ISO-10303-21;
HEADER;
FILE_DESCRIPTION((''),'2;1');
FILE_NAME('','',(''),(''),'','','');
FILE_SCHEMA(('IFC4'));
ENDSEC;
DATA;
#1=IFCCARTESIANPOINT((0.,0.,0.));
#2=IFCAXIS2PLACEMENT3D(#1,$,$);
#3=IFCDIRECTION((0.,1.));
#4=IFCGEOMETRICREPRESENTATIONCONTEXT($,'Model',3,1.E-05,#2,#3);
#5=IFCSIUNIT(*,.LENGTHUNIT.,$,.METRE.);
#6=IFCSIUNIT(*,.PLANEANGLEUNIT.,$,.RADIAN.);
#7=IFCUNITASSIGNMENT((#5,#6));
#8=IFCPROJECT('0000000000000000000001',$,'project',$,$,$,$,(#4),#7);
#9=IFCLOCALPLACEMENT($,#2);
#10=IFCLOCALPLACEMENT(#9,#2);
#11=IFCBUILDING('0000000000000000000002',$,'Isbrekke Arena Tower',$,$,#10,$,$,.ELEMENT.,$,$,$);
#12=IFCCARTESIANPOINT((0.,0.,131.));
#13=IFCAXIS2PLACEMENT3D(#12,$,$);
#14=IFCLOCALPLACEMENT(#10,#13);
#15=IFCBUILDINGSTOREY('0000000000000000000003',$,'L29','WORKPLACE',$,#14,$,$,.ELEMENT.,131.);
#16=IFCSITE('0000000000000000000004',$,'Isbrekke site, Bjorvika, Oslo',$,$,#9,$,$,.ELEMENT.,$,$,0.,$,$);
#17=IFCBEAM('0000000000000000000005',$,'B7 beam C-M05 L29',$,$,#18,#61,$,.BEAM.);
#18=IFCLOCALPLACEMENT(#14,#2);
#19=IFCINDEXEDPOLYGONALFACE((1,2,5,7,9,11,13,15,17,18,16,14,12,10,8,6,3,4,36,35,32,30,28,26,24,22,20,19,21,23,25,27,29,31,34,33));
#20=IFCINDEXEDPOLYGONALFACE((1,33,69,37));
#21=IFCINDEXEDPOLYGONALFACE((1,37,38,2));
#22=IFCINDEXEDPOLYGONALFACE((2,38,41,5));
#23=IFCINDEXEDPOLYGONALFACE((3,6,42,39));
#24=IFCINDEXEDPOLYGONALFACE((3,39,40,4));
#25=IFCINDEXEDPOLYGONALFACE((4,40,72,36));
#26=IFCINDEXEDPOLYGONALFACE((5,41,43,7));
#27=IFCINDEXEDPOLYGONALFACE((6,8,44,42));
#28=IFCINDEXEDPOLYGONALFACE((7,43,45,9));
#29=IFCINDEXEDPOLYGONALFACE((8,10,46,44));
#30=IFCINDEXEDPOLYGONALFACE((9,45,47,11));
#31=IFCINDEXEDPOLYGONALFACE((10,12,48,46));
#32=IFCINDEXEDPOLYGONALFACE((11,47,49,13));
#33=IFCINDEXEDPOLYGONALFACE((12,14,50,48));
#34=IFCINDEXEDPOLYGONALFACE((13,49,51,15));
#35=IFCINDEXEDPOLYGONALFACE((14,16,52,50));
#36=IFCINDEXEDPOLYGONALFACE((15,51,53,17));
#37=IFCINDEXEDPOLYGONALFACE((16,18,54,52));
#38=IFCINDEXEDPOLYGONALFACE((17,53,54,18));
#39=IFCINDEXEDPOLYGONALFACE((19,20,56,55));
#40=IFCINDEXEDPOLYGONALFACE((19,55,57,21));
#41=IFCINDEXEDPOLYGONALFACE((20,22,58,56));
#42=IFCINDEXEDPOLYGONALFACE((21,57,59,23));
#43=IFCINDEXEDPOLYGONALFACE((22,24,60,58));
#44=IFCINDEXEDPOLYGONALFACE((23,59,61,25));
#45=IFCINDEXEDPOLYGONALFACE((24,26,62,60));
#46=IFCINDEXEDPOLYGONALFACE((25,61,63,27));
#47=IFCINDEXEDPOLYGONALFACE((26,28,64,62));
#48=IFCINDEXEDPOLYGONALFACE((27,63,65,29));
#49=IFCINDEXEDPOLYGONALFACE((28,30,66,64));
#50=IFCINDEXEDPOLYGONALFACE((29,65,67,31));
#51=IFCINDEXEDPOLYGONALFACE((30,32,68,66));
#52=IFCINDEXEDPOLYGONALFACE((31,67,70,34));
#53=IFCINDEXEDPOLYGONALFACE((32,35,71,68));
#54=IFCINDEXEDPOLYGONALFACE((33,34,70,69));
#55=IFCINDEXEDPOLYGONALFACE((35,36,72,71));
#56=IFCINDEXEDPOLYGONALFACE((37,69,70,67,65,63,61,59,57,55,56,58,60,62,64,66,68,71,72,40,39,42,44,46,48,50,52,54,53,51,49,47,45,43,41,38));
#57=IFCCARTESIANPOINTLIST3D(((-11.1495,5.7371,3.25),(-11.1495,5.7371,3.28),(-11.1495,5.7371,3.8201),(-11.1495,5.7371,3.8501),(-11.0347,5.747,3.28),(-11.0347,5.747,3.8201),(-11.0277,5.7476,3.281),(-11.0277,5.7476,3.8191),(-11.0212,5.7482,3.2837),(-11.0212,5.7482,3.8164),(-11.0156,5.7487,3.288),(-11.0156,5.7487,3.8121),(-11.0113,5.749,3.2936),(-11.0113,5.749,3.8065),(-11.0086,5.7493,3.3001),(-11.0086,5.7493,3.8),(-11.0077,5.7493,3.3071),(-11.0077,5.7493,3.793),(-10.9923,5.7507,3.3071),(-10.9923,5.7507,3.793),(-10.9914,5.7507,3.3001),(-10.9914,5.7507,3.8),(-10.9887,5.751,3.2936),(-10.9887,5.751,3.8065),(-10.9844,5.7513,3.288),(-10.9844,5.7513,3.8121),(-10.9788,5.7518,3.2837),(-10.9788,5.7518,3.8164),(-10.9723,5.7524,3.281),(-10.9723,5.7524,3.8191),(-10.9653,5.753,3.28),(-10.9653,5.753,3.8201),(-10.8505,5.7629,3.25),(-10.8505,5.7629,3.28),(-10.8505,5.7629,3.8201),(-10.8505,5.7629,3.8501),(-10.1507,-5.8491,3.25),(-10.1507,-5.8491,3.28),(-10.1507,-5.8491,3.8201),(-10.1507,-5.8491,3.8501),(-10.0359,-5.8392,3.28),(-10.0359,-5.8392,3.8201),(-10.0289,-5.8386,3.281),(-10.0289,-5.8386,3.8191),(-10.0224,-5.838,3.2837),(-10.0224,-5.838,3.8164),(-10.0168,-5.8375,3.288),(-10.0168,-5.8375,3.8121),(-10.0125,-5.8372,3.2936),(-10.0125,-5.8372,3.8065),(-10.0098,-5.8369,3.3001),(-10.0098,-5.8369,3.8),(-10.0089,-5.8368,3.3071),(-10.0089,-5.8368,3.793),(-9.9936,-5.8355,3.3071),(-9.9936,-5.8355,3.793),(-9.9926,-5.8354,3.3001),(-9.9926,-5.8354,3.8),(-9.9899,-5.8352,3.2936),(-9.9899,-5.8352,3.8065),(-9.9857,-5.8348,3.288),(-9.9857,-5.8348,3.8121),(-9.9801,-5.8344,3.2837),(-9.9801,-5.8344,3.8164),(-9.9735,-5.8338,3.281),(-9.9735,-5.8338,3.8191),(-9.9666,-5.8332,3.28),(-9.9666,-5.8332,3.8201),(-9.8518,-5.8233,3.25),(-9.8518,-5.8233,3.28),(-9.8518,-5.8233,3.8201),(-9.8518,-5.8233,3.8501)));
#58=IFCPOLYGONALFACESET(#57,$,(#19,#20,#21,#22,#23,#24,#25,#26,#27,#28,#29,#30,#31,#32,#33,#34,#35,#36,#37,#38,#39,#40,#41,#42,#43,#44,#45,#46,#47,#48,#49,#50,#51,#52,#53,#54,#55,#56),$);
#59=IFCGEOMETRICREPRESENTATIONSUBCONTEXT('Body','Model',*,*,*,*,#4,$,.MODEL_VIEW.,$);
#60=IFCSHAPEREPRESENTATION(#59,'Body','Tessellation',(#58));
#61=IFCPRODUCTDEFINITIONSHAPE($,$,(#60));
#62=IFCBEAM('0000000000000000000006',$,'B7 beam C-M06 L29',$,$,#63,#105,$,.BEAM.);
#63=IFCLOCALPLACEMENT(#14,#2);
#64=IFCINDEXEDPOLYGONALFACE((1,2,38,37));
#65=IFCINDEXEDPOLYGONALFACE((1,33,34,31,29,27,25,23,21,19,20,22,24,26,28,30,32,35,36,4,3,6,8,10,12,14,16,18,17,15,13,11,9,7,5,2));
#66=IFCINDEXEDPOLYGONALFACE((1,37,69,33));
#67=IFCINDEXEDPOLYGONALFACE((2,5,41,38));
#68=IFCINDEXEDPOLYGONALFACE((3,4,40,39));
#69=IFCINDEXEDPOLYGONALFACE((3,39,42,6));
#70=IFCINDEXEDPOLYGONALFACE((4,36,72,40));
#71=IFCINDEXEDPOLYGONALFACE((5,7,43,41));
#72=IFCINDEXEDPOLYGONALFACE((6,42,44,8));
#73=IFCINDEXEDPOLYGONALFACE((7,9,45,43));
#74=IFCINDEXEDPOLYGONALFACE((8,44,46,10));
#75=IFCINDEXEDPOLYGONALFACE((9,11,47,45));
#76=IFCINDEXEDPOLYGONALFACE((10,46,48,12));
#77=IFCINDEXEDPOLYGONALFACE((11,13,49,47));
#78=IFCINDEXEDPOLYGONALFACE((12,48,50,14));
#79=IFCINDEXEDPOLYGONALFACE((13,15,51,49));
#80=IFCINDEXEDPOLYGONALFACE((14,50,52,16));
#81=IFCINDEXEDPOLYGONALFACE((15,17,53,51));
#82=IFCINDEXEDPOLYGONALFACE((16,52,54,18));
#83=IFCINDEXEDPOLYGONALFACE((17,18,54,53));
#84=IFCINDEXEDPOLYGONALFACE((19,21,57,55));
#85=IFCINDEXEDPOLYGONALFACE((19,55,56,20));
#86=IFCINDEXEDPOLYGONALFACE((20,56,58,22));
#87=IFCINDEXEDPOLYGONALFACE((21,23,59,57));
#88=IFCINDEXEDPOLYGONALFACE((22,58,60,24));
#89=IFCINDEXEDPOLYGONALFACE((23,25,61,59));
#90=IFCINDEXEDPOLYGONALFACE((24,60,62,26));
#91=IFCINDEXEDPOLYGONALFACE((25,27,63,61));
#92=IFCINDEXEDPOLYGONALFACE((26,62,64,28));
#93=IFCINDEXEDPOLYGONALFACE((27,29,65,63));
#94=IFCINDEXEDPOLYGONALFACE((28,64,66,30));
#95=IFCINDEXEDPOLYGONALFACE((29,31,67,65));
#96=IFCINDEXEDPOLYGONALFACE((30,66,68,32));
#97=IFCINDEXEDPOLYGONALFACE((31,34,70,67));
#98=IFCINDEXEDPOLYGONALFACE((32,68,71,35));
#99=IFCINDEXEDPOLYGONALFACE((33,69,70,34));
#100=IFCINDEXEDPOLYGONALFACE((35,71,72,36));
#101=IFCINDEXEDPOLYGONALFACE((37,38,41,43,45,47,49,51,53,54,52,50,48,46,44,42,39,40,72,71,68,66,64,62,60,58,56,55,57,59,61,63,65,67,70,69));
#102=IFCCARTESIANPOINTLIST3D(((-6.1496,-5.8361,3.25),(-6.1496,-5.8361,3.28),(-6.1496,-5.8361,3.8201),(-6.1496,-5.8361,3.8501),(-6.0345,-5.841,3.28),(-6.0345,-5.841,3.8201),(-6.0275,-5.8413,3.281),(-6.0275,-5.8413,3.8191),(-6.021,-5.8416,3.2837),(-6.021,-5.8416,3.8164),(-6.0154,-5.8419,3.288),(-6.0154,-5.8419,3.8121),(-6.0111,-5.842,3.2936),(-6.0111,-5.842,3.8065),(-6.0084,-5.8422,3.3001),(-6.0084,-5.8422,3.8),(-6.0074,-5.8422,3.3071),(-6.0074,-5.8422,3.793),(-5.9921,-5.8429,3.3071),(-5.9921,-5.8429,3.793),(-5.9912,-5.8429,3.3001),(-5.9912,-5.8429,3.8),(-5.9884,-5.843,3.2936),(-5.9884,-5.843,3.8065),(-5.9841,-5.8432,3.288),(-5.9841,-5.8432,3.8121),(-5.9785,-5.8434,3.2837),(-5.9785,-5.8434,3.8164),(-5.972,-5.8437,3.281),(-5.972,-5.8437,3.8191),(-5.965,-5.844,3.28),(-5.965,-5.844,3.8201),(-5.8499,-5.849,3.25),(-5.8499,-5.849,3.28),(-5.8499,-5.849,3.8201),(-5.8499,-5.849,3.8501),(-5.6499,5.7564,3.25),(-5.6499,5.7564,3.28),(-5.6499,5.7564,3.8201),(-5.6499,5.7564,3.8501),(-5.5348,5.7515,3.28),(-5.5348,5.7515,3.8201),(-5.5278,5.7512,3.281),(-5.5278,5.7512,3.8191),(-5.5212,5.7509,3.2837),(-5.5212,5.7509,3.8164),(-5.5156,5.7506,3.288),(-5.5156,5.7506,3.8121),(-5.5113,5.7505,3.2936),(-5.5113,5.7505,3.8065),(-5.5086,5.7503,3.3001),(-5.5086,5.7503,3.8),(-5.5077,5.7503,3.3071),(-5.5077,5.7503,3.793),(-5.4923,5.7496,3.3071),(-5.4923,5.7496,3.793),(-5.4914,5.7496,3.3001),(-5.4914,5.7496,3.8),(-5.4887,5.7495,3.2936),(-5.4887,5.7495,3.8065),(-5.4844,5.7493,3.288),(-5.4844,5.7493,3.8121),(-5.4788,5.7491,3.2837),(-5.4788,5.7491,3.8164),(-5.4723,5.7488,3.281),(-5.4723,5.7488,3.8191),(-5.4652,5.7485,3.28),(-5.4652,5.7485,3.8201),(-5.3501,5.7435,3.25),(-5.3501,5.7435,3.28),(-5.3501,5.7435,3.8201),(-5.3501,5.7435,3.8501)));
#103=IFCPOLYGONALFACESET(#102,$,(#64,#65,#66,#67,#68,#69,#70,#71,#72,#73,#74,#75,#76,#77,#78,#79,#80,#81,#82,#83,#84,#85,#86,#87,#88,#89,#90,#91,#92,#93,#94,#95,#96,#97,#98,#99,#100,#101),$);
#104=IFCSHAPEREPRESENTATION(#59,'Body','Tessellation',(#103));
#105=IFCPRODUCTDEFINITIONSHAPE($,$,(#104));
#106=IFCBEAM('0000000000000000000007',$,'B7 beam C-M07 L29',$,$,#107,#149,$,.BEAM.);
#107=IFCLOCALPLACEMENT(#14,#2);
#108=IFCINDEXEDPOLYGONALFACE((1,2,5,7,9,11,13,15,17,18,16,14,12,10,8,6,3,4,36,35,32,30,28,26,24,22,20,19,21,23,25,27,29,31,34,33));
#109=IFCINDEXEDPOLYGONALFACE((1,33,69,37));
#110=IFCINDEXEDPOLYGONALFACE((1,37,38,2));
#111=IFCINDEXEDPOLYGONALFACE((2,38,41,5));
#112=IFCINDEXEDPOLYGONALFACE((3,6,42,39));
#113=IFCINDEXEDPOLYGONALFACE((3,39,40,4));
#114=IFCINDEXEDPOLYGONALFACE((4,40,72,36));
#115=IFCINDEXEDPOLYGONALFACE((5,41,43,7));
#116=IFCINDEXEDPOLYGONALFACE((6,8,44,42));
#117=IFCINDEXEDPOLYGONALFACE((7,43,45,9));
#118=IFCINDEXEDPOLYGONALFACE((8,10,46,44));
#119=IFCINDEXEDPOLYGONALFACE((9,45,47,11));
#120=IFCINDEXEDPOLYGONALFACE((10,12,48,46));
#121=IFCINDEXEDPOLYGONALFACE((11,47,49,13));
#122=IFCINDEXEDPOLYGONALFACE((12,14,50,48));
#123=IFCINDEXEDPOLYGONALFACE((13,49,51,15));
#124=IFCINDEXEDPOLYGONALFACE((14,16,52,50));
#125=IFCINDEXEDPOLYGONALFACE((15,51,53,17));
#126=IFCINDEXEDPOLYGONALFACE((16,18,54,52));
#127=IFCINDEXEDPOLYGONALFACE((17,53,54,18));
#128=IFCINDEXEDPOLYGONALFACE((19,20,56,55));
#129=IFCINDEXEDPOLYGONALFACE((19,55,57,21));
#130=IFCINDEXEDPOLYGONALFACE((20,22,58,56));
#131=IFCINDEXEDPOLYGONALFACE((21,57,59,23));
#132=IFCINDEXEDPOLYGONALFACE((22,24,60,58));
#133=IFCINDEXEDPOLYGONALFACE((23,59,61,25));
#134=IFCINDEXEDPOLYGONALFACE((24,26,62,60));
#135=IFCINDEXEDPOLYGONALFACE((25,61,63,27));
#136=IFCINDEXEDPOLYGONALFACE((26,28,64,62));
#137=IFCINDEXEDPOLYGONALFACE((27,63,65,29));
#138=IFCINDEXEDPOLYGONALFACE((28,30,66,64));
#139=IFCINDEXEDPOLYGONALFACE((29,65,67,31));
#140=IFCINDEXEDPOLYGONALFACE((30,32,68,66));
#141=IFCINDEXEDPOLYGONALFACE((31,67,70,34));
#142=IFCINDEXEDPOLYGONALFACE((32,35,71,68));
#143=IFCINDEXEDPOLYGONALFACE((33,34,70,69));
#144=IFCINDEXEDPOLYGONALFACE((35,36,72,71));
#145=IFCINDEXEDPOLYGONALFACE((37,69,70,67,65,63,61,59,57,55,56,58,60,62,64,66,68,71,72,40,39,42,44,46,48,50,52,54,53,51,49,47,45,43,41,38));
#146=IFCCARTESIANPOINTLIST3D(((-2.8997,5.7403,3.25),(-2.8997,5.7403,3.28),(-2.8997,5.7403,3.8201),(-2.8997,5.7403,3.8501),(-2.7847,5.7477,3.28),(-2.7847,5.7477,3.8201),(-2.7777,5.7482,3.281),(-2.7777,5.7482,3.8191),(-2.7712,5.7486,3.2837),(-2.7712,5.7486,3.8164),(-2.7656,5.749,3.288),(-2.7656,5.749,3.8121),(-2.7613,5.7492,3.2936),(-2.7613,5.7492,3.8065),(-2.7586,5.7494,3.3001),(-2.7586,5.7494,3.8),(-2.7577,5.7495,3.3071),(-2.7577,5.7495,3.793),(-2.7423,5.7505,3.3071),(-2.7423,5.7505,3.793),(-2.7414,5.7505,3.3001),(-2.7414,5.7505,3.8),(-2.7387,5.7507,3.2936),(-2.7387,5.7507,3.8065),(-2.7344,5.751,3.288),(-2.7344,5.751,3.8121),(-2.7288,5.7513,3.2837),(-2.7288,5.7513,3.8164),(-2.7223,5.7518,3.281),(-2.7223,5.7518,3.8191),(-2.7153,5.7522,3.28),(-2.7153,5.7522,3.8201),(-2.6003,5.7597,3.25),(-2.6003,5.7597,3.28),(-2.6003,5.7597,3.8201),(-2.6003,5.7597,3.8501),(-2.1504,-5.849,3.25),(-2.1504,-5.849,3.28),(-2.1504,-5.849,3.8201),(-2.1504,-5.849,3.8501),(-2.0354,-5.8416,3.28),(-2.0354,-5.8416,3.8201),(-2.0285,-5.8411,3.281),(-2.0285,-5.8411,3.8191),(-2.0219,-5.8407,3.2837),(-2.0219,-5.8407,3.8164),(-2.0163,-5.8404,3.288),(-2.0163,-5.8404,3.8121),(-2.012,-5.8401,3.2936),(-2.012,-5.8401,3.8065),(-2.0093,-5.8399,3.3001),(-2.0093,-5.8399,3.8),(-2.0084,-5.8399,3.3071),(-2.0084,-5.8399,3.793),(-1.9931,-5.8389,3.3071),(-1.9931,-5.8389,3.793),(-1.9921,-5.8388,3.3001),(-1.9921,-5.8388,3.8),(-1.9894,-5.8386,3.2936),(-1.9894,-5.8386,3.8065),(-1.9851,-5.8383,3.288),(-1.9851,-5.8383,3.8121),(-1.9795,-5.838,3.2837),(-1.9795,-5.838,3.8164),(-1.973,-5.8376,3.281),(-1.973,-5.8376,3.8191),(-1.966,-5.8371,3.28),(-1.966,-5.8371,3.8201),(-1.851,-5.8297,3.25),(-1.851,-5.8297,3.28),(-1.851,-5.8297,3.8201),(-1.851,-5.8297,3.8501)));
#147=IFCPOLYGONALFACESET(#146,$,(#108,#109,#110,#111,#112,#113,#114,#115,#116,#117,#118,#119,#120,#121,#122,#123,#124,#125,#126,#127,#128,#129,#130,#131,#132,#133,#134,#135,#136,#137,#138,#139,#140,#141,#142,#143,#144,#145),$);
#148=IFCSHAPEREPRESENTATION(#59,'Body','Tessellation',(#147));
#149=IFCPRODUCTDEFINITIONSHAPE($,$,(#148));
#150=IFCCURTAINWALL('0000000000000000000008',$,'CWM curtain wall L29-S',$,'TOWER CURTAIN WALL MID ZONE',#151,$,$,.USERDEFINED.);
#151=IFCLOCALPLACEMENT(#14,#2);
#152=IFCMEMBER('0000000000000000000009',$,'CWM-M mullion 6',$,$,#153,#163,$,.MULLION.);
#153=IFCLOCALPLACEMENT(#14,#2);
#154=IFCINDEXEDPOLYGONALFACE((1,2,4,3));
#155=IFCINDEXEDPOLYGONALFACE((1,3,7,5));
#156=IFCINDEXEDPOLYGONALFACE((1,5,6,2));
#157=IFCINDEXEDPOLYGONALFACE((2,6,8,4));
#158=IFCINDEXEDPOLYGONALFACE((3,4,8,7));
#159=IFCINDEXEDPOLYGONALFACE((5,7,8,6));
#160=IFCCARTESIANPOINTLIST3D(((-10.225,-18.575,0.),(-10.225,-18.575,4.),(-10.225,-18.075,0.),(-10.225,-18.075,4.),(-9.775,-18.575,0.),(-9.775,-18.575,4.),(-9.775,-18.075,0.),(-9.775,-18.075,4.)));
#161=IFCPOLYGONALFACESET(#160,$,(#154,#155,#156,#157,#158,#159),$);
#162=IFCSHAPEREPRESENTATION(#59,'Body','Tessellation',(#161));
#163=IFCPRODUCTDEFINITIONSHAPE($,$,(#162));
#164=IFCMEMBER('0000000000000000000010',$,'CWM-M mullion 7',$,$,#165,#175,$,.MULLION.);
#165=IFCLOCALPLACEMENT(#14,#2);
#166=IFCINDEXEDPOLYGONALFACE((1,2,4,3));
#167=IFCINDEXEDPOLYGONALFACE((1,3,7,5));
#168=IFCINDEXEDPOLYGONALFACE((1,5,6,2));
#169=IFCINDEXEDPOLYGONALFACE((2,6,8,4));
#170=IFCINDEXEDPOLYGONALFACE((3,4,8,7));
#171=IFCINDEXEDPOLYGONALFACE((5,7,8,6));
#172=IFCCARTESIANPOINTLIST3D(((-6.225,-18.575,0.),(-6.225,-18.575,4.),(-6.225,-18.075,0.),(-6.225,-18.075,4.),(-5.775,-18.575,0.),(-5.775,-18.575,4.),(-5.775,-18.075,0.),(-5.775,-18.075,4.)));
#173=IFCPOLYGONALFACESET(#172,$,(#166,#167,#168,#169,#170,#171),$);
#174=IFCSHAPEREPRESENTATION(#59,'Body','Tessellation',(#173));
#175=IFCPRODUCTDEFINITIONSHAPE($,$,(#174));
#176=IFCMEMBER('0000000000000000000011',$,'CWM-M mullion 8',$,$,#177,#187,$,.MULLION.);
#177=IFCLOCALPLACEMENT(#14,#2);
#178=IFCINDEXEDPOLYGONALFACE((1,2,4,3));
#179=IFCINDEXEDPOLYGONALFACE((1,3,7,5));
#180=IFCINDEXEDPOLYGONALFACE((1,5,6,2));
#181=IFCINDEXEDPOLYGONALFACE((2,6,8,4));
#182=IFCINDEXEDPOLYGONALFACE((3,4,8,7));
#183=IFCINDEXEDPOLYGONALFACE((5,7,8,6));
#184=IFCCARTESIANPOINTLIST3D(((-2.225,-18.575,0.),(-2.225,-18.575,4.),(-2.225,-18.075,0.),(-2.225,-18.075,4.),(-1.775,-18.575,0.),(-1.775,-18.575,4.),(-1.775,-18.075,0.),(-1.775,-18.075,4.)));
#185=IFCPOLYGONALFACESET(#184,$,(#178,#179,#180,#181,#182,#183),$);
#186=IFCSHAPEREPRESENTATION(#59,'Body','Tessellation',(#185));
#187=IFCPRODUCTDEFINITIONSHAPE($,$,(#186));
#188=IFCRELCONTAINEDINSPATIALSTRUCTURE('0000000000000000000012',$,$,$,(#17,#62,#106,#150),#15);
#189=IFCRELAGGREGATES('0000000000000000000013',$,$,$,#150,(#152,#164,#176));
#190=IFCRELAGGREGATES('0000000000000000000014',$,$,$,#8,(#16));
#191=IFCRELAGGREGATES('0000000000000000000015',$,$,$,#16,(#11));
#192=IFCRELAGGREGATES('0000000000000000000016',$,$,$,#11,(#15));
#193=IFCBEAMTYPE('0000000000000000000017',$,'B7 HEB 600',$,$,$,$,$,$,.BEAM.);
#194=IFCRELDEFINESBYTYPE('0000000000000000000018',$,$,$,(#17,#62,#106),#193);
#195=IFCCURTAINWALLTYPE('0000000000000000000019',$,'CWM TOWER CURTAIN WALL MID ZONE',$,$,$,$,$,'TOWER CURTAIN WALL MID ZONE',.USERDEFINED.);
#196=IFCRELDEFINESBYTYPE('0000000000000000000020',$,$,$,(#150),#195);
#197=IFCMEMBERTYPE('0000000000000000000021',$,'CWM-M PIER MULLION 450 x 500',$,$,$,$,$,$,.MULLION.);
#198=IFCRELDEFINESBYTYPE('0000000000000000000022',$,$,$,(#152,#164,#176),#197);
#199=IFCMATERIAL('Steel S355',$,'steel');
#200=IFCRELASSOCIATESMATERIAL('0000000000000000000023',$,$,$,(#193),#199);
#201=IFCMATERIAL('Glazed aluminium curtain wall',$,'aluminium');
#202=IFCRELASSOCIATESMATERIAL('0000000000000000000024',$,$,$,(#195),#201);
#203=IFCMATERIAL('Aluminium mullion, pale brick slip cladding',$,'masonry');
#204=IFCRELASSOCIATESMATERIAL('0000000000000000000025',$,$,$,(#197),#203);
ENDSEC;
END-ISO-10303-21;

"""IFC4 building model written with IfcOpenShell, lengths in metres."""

from ifc_helpers import new_model, si_unit, direction, frame, origin, origin_2d, place, context, subcontext, project, spatial, rectangle, i_section, extrude, material, material_profile, profile_set, type_object, element, aggregate, save


model = new_model("IFC4")

# Units and contexts
model_context = context("Model", 3, precision=1e-05, world=origin(), true_north=direction((0.0, 1.0)))
body_context = subcontext(model_context, "Body", "Model", "MODEL_VIEW")
ifc_project = project(units=[si_unit("LENGTHUNIT", "METRE"), si_unit("PLANEANGLEUNIT", "RADIAN")], contexts=[model_context])

# Site, building, storey
site_placement = place(None, origin())
site = spatial("IfcSite", under=ifc_project, at=site_placement, Name="Isbrekke site, Bjorvika, Oslo", CompositionType="ELEMENT", RefElevation=0.0)
building_placement = place(site_placement, origin())
building = spatial("IfcBuilding", under=site, at=building_placement, Name="Isbrekke Arena Tower", CompositionType="ELEMENT")
storey_placement = place(building_placement, frame((0.0, 0.0, 131.0)))
storey = spatial("IfcBuildingStorey", under=building, at=storey_placement, Name="L29", Description="WORKPLACE", CompositionType="ELEMENT", Elevation=131.0)

# Beams
ifc_material_1 = material(Name="Steel S355", Category="steel")
ifc_material_profile_1 = material_profile(ifc_material_1, i_section(OverallWidth=0.3, OverallDepth=0.6001, WebThickness=0.0154, FlangeThickness=0.03, FilletRadius=0.0271, at=origin_2d()), Name="HEB 600")
ifc_profile_set_1 = profile_set([ifc_material_profile_1], Name="Steel S355")
beam_type_1 = type_object("IfcBeamType", Name="B7 HEB 600", PredefinedType="BEAM", material=ifc_profile_set_1)
beam_1_placement = place(storey_placement, frame((-10.0012, -5.8362, 3.55), z_axis=(-0.085886, 0.996305, 0.0), x_axis=(-0.996305, -0.085886, 0.0)))
element("IfcBeam", 1, at=beam_1_placement, inside=storey, type_object=beam_type_1, Name="B7 beam C-M05 L29", PredefinedType="BEAM", context=body_context, shape_type="SweptSolid", body=[
    extrude(i_section(OverallWidth=0.3, OverallDepth=0.6001, WebThickness=0.0154, FlangeThickness=0.03, FilletRadius=0.0271, at=origin_2d()), origin(), (0.0, 0.0, 1.0), 11.6292),
])
beam_2_placement = place(storey_placement, frame((-5.9998, -5.8425, 3.55), z_axis=(0.04307, 0.999072, 0.0), x_axis=(-0.999072, 0.04307, 0.0)))
element("IfcBeam", 2, at=beam_2_placement, inside=storey, type_object=beam_type_1, Name="B7 beam C-M06 L29", PredefinedType="BEAM", context=body_context, shape_type="SweptSolid", body=[
    extrude(i_section(OverallWidth=0.3, OverallDepth=0.6001, WebThickness=0.0154, FlangeThickness=0.03, FilletRadius=0.0271, at=origin_2d()), origin(), (0.0, 0.0, 1.0), 11.6033),
])
beam_3_placement = place(storey_placement, frame((-2.0007, -5.8394, 3.55), z_axis=(-0.064517, 0.997917, 0.0), x_axis=(-0.997917, -0.064517, 0.0)))
element("IfcBeam", 3, at=beam_3_placement, inside=storey, type_object=beam_type_1, Name="B7 beam C-M07 L29", PredefinedType="BEAM", context=body_context, shape_type="SweptSolid", body=[
    extrude(i_section(OverallWidth=0.3, OverallDepth=0.6001, WebThickness=0.0154, FlangeThickness=0.03, FilletRadius=0.0271, at=origin_2d()), origin(), (0.0, 0.0, 1.0), 11.6135),
])

# Curtain wall, members
ifc_material_2 = material(Name="Glazed aluminium curtain wall", Category="aluminium")
curtain_wall_type = type_object("IfcCurtainWallType", Name="CWM TOWER CURTAIN WALL MID ZONE", ElementType="TOWER CURTAIN WALL MID ZONE", PredefinedType="USERDEFINED", material=ifc_material_2)
curtain_wall_placement = place(storey_placement, origin())
curtain_wall = element("IfcCurtainWall", 4, at=curtain_wall_placement, inside=storey, type_object=curtain_wall_type, Name="CWM curtain wall L29-S", ObjectType="TOWER CURTAIN WALL MID ZONE", PredefinedType="USERDEFINED")
ifc_material_3 = material(Name="Aluminium mullion, pale brick slip cladding", Category="masonry")
ifc_material_profile_2 = material_profile(ifc_material_3, rectangle(XDim=0.45, YDim=0.5, at=origin_2d()), Name="PIER 450X500")
ifc_profile_set_2 = profile_set([ifc_material_profile_2], Name="Aluminium mullion, pale brick slip cladding")
member_type_1 = type_object("IfcMemberType", Name="CWM-M PIER MULLION 450 x 500", PredefinedType="MULLION", material=ifc_profile_set_2)
member_1_placement = place(storey_placement, frame((-10.0, -18.325, 0.0), z_axis=(0.0, 0.0, 1.0), x_axis=(1.0, 0.0, 0.0)))
member_1 = element("IfcMember", 5, at=member_1_placement, type_object=member_type_1, Name="CWM-M mullion 6", PredefinedType="MULLION", context=body_context, shape_type="SweptSolid", body=[
    extrude(rectangle(XDim=0.45, YDim=0.5, at=origin_2d()), origin(), (0.0, 0.0, 1.0), 4.0),
])
member_2_placement = place(storey_placement, frame((-6.0, -18.325, 0.0), z_axis=(0.0, 0.0, 1.0), x_axis=(1.0, 0.0, 0.0)))
member_2 = element("IfcMember", 6, at=member_2_placement, type_object=member_type_1, Name="CWM-M mullion 7", PredefinedType="MULLION", context=body_context, shape_type="SweptSolid", body=[
    extrude(rectangle(XDim=0.45, YDim=0.5, at=origin_2d()), origin(), (0.0, 0.0, 1.0), 4.0),
])
member_3_placement = place(storey_placement, frame((-2.0, -18.325, 0.0), z_axis=(0.0, 0.0, 1.0), x_axis=(1.0, 0.0, 0.0)))
member_3 = element("IfcMember", 7, at=member_3_placement, type_object=member_type_1, Name="CWM-M mullion 8", PredefinedType="MULLION", context=body_context, shape_type="SweptSolid", body=[
    extrude(rectangle(XDim=0.45, YDim=0.5, at=origin_2d()), origin(), (0.0, 0.0, 1.0), 4.0),
])

aggregate(curtain_wall, [member_1, member_2, member_3])

save(model, "model.ifc")
